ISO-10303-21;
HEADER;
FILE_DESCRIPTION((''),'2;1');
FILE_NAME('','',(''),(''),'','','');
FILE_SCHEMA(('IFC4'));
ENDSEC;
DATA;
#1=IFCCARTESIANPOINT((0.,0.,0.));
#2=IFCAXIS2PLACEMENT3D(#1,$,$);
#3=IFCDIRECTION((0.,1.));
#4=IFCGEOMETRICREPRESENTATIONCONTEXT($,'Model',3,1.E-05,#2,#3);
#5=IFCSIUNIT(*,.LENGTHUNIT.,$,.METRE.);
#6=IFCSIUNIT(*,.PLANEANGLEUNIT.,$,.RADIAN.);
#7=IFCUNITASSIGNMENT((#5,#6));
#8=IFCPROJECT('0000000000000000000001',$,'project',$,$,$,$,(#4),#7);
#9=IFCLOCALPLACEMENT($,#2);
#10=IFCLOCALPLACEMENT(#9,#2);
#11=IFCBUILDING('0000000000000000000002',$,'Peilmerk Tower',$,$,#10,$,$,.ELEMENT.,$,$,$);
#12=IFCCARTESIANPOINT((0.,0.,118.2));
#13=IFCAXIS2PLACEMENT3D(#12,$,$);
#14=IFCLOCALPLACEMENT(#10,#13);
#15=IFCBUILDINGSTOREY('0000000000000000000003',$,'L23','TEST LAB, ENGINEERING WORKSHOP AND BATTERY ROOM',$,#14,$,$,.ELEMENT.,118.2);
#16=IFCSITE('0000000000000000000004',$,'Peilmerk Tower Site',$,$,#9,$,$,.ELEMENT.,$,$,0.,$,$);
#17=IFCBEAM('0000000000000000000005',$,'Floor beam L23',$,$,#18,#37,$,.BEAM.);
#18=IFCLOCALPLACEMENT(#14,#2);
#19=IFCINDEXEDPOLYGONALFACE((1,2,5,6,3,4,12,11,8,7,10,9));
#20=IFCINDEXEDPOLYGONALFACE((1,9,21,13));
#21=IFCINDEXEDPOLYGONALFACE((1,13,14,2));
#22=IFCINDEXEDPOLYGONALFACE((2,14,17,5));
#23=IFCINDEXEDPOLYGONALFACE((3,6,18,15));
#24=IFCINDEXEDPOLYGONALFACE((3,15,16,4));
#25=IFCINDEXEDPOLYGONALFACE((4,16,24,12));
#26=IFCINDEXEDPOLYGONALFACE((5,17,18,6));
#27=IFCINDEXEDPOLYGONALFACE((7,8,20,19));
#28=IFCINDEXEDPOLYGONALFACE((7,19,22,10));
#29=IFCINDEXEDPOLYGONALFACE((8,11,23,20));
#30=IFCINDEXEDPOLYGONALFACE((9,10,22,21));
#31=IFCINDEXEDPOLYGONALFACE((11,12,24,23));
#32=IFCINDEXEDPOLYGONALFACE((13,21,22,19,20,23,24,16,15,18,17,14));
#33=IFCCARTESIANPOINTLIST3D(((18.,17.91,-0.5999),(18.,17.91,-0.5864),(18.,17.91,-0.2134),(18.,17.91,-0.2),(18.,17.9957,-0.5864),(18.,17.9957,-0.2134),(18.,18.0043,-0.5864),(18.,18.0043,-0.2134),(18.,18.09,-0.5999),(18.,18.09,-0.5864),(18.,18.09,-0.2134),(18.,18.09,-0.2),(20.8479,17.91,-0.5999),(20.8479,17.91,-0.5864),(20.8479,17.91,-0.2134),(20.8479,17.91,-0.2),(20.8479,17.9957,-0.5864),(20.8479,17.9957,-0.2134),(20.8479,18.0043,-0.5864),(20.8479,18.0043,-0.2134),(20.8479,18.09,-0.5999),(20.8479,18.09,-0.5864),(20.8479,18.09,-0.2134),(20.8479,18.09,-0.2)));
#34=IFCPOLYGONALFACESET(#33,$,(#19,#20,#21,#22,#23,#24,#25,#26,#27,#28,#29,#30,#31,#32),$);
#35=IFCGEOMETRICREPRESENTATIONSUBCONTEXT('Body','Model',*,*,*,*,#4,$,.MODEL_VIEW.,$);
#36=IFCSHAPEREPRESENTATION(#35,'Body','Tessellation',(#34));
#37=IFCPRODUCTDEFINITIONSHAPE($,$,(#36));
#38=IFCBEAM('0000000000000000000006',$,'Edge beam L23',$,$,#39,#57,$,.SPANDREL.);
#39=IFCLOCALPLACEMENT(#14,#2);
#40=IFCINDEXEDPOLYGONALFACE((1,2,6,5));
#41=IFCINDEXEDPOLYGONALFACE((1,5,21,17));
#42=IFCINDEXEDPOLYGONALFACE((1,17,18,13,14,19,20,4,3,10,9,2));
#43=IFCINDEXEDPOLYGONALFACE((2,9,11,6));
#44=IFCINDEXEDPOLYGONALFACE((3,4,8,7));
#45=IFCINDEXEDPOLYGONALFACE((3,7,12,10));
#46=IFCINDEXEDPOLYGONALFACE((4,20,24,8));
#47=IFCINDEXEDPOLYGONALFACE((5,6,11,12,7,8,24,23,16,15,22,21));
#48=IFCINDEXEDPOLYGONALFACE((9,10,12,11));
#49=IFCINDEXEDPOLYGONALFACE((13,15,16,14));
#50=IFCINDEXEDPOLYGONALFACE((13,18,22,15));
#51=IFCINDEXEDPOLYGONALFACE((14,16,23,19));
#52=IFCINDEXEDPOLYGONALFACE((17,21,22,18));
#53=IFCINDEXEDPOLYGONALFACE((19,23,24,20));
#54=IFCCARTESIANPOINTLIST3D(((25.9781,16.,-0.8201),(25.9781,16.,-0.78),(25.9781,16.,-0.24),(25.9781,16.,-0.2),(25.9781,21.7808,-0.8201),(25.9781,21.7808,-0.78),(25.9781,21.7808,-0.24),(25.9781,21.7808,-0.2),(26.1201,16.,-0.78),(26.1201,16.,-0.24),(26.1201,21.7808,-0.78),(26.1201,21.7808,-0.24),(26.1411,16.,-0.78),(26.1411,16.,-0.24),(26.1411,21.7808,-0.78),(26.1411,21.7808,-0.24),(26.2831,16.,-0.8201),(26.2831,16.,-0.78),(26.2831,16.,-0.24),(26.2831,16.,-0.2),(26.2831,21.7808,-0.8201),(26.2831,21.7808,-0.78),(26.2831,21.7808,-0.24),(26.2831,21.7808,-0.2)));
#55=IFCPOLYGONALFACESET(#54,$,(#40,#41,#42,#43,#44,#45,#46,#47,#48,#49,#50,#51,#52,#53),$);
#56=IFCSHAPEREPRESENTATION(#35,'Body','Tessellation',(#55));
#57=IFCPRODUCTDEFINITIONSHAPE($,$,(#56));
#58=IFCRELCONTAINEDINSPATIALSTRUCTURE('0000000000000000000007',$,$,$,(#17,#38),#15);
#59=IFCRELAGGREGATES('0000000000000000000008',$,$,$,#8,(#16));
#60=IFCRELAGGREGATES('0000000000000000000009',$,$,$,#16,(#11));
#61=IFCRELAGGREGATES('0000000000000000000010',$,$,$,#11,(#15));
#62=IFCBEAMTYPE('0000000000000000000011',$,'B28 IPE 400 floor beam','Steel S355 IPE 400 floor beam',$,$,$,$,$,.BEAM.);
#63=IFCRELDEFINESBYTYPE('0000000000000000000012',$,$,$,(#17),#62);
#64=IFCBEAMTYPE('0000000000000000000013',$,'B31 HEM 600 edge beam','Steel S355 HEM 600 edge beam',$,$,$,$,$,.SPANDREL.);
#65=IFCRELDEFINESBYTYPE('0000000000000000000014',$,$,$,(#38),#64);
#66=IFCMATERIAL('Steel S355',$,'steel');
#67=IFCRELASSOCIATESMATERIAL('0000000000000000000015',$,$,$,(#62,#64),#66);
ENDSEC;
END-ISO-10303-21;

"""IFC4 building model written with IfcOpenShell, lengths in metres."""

from ifc_helpers import new_model, si_unit, direction, frame, origin, origin_2d, place, context, subcontext, project, spatial, i_section, extrude, material, material_profile, profile_set, type_object, element, save


model = new_model("IFC4")

# Units and contexts
model_context = context("Model", 3, precision=1e-05, world=origin(), true_north=direction((0.0, 1.0)))
body_context = subcontext(model_context, "Body", "Model", "MODEL_VIEW")
ifc_project = project(units=[si_unit("LENGTHUNIT", "METRE"), si_unit("PLANEANGLEUNIT", "RADIAN")], contexts=[model_context])

# Site, building, storey
site_placement = place(None, origin())
site = spatial("IfcSite", under=ifc_project, at=site_placement, Name="Peilmerk Tower Site", CompositionType="ELEMENT", RefElevation=0.0)
building_placement = place(site_placement, origin())
building = spatial("IfcBuilding", under=site, at=building_placement, Name="Peilmerk Tower", CompositionType="ELEMENT")
storey_placement = place(building_placement, frame((0.0, 0.0, 118.2)))
storey = spatial("IfcBuildingStorey", under=building, at=storey_placement, Name="L23", Description="TEST LAB, ENGINEERING WORKSHOP AND BATTERY ROOM", CompositionType="ELEMENT", Elevation=118.2)

# Beams
ifc_material_1 = material(Name="Steel S355", Category="steel")
ifc_material_profile_1 = material_profile(ifc_material_1, i_section(OverallWidth=0.1799, OverallDepth=0.3999, WebThickness=0.0085, FlangeThickness=0.0134, at=origin_2d()), Name="IPE 400")
ifc_profile_set_1 = profile_set([ifc_material_profile_1], Name="Steel S355")
beam_type_1 = type_object("IfcBeamType", Name="B28 IPE 400 floor beam", Description="Steel S355 IPE 400 floor beam", PredefinedType="BEAM", material=ifc_profile_set_1)
for number, where, z_axis, x_axis, name in (
    (1, (18.0, 18.0, -0.3999), (1.0, 0.0, 0.0), (0.0, 1.0, 0.0), "Floor beam L23"),
):
    element("IfcBeam", number, at=place(storey_placement, frame(where, z_axis=z_axis, x_axis=x_axis)), inside=storey, type_object=beam_type_1, Name=name, PredefinedType="BEAM", context=body_context, shape_type="SweptSolid", body=[
        extrude(i_section(OverallWidth=0.1799, OverallDepth=0.3999, WebThickness=0.0085, FlangeThickness=0.0134, at=origin_2d()), origin(), (0.0, 0.0, 1.0), 2.8479),
    ])
ifc_material_profile_2 = material_profile(ifc_material_1, i_section(OverallWidth=0.3049, OverallDepth=0.6201, WebThickness=0.021, FlangeThickness=0.04, at=origin_2d()), Name="HEM 600")
ifc_profile_set_2 = profile_set([ifc_material_profile_2], Name="Steel S355")
beam_type_2 = type_object("IfcBeamType", Name="B31 HEM 600 edge beam", Description="Steel S355 HEM 600 edge beam", PredefinedType="SPANDREL", material=ifc_profile_set_2)
beam_placement = place(storey_placement, frame((26.1306, 16.0, -0.51), z_axis=(0.0, 1.0, 0.0), x_axis=(-1.0, 0.0, 0.0)))
element("IfcBeam", 2, at=beam_placement, inside=storey, type_object=beam_type_2, Name="Edge beam L23", PredefinedType="SPANDREL", context=body_context, shape_type="SweptSolid", body=[
    extrude(i_section(OverallWidth=0.3049, OverallDepth=0.6201, WebThickness=0.021, FlangeThickness=0.04, at=origin_2d()), origin(), (0.0, 0.0, 1.0), 5.7808),
])

save(model, "model.ifc")
